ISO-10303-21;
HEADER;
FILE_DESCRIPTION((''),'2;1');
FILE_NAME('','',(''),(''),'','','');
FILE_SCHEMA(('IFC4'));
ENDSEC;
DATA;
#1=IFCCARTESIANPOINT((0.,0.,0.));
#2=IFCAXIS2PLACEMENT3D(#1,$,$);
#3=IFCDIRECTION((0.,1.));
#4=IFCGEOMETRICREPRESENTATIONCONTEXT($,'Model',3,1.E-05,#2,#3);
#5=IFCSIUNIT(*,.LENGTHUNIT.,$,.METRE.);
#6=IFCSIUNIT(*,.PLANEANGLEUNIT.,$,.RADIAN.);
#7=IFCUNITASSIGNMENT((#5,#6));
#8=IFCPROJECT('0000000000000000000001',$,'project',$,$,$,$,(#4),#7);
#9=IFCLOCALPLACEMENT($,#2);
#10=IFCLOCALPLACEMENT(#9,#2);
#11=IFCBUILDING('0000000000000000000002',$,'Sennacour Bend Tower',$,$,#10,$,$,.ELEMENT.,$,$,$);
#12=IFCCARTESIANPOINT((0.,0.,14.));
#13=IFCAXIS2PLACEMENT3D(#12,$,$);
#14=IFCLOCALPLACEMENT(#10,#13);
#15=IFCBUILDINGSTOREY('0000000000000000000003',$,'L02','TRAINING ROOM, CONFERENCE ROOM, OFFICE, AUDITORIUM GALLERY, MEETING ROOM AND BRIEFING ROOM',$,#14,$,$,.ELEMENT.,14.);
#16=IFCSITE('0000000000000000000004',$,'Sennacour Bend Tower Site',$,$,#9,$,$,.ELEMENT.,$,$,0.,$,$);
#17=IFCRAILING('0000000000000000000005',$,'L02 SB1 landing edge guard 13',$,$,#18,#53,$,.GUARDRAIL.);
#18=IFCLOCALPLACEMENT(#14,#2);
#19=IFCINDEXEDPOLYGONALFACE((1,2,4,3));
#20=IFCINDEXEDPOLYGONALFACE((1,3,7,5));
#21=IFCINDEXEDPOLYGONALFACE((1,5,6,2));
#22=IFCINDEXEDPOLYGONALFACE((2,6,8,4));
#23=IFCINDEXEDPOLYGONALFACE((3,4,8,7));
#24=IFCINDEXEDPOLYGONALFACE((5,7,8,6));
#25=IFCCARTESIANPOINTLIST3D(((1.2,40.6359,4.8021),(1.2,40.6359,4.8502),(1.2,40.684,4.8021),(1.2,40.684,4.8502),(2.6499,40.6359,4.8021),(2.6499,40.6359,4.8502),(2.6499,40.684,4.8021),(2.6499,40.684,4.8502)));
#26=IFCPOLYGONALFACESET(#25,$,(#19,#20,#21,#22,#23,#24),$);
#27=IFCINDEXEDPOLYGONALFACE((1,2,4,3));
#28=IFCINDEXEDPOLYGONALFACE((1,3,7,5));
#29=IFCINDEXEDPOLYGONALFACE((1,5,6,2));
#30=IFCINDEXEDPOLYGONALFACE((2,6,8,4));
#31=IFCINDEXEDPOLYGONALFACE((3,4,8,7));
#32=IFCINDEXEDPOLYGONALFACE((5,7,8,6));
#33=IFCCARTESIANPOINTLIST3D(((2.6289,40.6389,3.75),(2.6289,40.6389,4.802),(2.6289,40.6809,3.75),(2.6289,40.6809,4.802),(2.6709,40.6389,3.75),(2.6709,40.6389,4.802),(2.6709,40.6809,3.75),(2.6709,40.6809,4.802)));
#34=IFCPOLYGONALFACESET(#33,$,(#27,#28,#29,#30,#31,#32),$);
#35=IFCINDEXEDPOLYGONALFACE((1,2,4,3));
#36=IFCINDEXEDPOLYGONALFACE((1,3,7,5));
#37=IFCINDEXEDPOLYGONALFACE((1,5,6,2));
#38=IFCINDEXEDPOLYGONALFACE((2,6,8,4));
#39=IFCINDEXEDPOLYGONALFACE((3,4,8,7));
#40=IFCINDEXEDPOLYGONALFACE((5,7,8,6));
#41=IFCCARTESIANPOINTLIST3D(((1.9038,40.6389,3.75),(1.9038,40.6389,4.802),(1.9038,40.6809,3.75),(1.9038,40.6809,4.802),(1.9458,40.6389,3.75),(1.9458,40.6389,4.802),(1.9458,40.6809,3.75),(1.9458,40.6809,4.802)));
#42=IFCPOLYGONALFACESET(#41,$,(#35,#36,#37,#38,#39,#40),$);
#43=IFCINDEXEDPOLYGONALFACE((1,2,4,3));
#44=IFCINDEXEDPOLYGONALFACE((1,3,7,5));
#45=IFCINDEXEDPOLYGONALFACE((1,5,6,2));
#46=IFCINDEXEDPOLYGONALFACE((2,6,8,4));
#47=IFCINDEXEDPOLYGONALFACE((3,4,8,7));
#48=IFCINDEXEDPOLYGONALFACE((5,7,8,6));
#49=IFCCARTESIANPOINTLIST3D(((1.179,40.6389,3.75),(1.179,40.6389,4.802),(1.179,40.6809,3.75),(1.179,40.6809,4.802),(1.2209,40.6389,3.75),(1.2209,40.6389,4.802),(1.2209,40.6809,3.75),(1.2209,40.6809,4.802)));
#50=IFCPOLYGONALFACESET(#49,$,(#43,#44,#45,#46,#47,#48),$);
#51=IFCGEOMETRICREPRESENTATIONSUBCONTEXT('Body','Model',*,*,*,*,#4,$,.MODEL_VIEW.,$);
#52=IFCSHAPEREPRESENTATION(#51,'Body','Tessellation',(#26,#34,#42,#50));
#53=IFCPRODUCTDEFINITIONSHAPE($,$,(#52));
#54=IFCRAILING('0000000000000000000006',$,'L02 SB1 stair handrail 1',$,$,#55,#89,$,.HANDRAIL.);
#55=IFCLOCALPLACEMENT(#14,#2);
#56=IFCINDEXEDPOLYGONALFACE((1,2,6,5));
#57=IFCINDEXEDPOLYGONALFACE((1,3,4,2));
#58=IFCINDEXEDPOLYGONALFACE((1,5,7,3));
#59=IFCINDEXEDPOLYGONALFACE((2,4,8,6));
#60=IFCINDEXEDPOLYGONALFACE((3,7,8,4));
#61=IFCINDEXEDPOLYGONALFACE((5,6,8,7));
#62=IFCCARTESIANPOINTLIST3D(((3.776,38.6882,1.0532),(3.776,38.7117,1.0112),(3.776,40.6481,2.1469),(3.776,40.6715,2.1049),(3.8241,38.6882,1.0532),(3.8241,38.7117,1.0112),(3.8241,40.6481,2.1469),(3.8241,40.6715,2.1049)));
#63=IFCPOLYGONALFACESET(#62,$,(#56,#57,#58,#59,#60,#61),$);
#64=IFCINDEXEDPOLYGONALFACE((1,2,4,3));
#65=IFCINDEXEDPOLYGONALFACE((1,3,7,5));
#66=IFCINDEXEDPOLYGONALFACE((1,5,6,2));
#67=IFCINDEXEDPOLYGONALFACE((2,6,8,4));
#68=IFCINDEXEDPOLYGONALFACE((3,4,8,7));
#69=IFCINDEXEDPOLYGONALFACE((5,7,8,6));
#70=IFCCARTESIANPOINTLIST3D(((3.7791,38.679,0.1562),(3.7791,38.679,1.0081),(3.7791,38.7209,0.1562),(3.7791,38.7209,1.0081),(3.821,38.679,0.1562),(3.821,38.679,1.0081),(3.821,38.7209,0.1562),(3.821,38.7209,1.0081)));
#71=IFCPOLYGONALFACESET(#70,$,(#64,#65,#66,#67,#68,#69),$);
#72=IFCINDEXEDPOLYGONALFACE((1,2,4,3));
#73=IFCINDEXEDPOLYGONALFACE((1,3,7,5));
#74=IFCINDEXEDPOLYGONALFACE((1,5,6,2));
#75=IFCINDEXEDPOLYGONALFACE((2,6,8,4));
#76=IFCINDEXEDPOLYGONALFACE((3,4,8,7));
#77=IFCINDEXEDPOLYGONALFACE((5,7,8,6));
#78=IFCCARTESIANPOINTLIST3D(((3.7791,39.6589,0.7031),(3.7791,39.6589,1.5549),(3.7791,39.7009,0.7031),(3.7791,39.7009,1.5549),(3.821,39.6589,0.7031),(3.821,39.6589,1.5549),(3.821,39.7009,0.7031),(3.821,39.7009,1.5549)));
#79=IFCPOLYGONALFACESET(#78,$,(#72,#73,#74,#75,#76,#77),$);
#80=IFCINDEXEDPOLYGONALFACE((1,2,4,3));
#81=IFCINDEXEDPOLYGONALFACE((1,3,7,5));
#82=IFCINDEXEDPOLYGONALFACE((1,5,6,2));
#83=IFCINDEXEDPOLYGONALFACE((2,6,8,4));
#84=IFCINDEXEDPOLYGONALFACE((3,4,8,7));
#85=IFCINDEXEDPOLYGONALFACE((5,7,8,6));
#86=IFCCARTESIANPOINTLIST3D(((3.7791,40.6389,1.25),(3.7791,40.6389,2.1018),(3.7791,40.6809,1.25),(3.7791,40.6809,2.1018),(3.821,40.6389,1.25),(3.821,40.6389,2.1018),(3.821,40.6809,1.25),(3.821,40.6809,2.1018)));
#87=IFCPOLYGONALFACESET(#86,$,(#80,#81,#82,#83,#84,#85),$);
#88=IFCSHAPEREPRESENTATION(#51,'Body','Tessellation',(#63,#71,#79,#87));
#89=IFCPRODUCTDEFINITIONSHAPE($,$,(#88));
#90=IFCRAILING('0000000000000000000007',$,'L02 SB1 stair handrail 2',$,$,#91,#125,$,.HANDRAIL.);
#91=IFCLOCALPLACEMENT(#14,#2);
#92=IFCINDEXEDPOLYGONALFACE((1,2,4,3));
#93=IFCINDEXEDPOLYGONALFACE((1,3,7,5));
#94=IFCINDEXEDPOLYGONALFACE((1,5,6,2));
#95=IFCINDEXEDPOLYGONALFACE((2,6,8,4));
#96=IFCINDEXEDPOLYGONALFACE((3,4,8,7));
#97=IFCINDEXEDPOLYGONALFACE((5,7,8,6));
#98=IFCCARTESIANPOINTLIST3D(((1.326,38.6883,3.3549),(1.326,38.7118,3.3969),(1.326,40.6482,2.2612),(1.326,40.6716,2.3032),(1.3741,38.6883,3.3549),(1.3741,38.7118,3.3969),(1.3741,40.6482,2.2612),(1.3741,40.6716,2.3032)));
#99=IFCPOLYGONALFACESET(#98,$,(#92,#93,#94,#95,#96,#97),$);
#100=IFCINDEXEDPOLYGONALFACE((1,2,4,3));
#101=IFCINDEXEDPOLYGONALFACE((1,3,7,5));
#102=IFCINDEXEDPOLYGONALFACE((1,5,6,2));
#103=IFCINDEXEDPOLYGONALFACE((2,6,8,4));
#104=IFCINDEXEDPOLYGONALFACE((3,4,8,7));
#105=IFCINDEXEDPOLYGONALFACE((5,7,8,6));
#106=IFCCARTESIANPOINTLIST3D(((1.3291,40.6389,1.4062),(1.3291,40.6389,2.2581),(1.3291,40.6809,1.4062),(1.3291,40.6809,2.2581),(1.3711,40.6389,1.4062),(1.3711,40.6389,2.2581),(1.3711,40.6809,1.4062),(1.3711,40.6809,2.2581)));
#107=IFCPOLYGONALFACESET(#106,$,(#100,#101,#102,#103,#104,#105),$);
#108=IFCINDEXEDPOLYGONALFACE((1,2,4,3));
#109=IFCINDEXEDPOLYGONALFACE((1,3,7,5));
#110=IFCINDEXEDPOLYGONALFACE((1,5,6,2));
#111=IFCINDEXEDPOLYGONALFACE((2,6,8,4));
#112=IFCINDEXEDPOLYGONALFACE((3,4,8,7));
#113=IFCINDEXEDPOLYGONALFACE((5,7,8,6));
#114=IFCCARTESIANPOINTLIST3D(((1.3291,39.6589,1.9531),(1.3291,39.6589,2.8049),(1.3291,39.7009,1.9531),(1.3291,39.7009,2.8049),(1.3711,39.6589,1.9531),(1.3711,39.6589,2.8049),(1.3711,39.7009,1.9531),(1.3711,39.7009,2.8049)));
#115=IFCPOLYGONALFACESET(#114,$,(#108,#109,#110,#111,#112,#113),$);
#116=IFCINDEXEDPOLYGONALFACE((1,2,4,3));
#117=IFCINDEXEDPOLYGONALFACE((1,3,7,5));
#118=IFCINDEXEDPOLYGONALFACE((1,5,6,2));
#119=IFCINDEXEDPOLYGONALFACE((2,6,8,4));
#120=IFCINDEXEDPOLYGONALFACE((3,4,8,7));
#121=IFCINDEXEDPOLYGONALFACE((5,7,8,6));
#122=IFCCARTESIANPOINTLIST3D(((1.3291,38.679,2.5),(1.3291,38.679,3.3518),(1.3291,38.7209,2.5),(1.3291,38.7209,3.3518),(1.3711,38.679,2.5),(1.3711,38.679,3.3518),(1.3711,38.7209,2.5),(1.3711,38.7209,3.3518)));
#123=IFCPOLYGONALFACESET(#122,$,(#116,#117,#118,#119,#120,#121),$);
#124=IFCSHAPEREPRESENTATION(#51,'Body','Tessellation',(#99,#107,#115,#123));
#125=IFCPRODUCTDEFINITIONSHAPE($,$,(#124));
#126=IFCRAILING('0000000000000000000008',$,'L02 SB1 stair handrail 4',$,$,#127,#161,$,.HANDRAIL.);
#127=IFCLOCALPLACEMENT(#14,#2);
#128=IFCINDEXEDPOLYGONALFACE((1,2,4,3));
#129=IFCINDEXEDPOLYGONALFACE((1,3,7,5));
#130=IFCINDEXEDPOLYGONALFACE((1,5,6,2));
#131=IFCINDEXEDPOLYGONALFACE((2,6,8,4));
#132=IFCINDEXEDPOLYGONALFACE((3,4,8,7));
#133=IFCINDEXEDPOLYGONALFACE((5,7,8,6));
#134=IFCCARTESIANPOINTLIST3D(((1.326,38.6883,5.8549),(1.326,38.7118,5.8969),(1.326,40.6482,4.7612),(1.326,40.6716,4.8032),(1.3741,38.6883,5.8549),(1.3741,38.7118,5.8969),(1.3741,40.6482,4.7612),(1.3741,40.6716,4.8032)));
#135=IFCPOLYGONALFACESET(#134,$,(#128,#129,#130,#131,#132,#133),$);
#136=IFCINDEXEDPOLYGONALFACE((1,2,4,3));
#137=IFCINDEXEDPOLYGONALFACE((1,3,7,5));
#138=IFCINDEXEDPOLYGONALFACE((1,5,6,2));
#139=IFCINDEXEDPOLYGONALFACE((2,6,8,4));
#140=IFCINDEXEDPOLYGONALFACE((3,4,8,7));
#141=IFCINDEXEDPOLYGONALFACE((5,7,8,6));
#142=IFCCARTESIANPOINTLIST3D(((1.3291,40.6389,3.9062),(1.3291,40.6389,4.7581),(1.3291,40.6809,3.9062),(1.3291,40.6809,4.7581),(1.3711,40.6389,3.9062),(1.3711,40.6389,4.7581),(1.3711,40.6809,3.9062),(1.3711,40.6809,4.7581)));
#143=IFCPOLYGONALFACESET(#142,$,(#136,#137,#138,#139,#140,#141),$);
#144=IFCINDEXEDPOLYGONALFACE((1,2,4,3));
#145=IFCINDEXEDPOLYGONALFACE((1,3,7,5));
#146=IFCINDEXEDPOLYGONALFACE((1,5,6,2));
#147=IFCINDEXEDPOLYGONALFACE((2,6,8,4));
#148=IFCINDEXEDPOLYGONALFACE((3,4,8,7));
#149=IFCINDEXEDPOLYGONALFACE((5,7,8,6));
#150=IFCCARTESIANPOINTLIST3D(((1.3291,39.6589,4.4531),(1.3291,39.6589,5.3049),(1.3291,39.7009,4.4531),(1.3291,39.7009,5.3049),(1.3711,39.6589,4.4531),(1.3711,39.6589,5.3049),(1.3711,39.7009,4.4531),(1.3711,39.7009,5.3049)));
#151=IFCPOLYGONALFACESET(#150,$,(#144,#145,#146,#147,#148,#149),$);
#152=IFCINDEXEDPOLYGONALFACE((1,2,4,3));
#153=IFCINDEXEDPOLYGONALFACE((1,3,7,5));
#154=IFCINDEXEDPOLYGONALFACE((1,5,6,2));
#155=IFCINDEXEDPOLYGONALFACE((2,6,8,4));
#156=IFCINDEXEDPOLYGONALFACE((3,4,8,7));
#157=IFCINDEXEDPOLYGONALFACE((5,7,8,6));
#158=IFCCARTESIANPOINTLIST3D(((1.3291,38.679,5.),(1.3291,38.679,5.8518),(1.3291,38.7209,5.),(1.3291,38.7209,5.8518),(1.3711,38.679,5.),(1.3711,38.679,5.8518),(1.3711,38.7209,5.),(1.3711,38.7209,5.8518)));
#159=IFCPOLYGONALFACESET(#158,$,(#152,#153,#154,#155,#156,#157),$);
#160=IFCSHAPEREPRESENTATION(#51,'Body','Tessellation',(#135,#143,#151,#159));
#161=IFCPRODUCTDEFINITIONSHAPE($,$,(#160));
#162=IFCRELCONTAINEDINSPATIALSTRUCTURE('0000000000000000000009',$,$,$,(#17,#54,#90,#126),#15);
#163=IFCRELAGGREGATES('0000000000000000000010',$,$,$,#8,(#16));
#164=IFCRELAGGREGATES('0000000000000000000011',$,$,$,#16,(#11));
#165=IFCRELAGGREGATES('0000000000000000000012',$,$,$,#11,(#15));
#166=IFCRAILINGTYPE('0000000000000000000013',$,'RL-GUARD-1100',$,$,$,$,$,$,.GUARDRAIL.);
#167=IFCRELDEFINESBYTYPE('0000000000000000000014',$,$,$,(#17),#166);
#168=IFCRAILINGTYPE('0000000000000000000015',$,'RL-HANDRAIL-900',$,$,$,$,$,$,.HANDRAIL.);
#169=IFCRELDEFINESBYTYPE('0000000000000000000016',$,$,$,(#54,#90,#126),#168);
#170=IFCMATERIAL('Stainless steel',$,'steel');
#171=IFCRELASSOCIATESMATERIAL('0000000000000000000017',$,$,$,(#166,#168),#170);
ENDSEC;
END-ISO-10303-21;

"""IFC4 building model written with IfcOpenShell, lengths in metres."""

from ifc_helpers import new_model, si_unit, direction, frame, origin, origin_2d, place, context, subcontext, project, spatial, rectangle, extrude, material, type_object, element, save


model = new_model("IFC4")

# Units and contexts
model_context = context("Model", 3, precision=1e-05, world=origin(), true_north=direction((0.0, 1.0)))
body_context = subcontext(model_context, "Body", "Model", "MODEL_VIEW")
ifc_project = project(units=[si_unit("LENGTHUNIT", "METRE"), si_unit("PLANEANGLEUNIT", "RADIAN")], contexts=[model_context])

# Site, building, storey
site_placement = place(None, origin())
site = spatial("IfcSite", under=ifc_project, at=site_placement, Name="Sennacour Bend Tower Site", CompositionType="ELEMENT", RefElevation=0.0)
building_placement = place(site_placement, origin())
building = spatial("IfcBuilding", under=site, at=building_placement, Name="Sennacour Bend Tower", CompositionType="ELEMENT")
storey_placement = place(building_placement, frame((0.0, 0.0, 14.0)))
storey = spatial("IfcBuildingStorey", under=building, at=storey_placement, Name="L02", Description="TRAINING ROOM, CONFERENCE ROOM, OFFICE, AUDITORIUM GALLERY, MEETING ROOM AND BRIEFING ROOM", CompositionType="ELEMENT", Elevation=14.0)

# Railings
ifc_material_1 = material(Name="Stainless steel", Category="steel")
railing_type_1 = type_object("IfcRailingType", Name="RL-GUARD-1100", PredefinedType="GUARDRAIL", material=ifc_material_1)
for number, where, name in (
    (1, (2.6499, 40.6599, 3.75), "L02 SB1 landing edge guard 13"),
):
    element("IfcRailing", number, at=place(storey_placement, frame(where)), inside=storey, type_object=railing_type_1, Name=name, PredefinedType="GUARDRAIL", context=body_context, shape_type="SweptSolid", body=[
        extrude(rectangle(XDim=0.0481, YDim=0.0481, at=origin_2d()), frame((0.0, 0.0, 1.0762), z_axis=(-1.0, 0.0, 0.0), x_axis=(0.0, -1.0, 0.0)), (0.0, 0.0, 1.0), 1.45),
        extrude(rectangle(XDim=0.042, YDim=0.042, at=origin_2d()), origin(), (0.0, 0.0, 1.0), 1.052),
        extrude(rectangle(XDim=0.042, YDim=0.042, at=origin_2d()), frame((-0.7251, 0.0, 0.0)), (0.0, 0.0, 1.0), 1.052),
        extrude(rectangle(XDim=0.042, YDim=0.042, at=origin_2d()), frame((-1.45, 0.0, 0.0)), (0.0, 0.0, 1.0), 1.052),
    ])
railing_type_2 = type_object("IfcRailingType", Name="RL-HANDRAIL-900", PredefinedType="HANDRAIL", material=ifc_material_1)
railing_1_placement = place(storey_placement, frame((3.8, 38.7, 0.1562)))
element("IfcRailing", 2, at=railing_1_placement, inside=storey, type_object=railing_type_2, Name="L02 SB1 stair handrail 1", PredefinedType="HANDRAIL", context=body_context, shape_type="SweptSolid", body=[
    extrude(rectangle(XDim=0.0481, YDim=0.0481, at=origin_2d()), frame((0.0, 0.0, 0.876), z_axis=(0.0, 0.873232, 0.487304), x_axis=(-1.0, 0.0, 0.0)), (0.0, 0.0, 1.0), 2.2444),
    extrude(rectangle(XDim=0.042, YDim=0.042, at=origin_2d()), origin(), (0.0, 0.0, 1.0), 0.8518),
    extrude(rectangle(XDim=0.042, YDim=0.042, at=origin_2d()), frame((0.0, 0.98, 0.5469)), (0.0, 0.0, 1.0), 0.8518),
    extrude(rectangle(XDim=0.042, YDim=0.042, at=origin_2d()), frame((0.0, 1.96, 1.0938)), (0.0, 0.0, 1.0), 0.8518),
])
for number, where, name in (
    (3, (1.3501, 40.6599, 1.4062), "L02 SB1 stair handrail 2"),
    (4, (1.3501, 40.6599, 3.9062), "L02 SB1 stair handrail 4"),
):
    element("IfcRailing", number, at=place(storey_placement, frame(where)), inside=storey, type_object=railing_type_2, Name=name, PredefinedType="HANDRAIL", context=body_context, shape_type="SweptSolid", body=[
        extrude(rectangle(XDim=0.0481, YDim=0.0481, at=origin_2d()), frame((0.0, 0.0, 0.876), z_axis=(0.0, -0.873232, 0.487304), x_axis=(1.0, 0.0, 0.0)), (0.0, 0.0, 1.0), 2.2444),
        extrude(rectangle(XDim=0.042, YDim=0.042, at=origin_2d()), origin(), (0.0, 0.0, 1.0), 0.8518),
        extrude(rectangle(XDim=0.042, YDim=0.042, at=origin_2d()), frame((0.0, -0.98, 0.5469)), (0.0, 0.0, 1.0), 0.8518),
        extrude(rectangle(XDim=0.042, YDim=0.042, at=origin_2d()), frame((0.0, -1.96, 1.0938)), (0.0, 0.0, 1.0), 0.8518),
    ])

save(model, "model.ifc")
